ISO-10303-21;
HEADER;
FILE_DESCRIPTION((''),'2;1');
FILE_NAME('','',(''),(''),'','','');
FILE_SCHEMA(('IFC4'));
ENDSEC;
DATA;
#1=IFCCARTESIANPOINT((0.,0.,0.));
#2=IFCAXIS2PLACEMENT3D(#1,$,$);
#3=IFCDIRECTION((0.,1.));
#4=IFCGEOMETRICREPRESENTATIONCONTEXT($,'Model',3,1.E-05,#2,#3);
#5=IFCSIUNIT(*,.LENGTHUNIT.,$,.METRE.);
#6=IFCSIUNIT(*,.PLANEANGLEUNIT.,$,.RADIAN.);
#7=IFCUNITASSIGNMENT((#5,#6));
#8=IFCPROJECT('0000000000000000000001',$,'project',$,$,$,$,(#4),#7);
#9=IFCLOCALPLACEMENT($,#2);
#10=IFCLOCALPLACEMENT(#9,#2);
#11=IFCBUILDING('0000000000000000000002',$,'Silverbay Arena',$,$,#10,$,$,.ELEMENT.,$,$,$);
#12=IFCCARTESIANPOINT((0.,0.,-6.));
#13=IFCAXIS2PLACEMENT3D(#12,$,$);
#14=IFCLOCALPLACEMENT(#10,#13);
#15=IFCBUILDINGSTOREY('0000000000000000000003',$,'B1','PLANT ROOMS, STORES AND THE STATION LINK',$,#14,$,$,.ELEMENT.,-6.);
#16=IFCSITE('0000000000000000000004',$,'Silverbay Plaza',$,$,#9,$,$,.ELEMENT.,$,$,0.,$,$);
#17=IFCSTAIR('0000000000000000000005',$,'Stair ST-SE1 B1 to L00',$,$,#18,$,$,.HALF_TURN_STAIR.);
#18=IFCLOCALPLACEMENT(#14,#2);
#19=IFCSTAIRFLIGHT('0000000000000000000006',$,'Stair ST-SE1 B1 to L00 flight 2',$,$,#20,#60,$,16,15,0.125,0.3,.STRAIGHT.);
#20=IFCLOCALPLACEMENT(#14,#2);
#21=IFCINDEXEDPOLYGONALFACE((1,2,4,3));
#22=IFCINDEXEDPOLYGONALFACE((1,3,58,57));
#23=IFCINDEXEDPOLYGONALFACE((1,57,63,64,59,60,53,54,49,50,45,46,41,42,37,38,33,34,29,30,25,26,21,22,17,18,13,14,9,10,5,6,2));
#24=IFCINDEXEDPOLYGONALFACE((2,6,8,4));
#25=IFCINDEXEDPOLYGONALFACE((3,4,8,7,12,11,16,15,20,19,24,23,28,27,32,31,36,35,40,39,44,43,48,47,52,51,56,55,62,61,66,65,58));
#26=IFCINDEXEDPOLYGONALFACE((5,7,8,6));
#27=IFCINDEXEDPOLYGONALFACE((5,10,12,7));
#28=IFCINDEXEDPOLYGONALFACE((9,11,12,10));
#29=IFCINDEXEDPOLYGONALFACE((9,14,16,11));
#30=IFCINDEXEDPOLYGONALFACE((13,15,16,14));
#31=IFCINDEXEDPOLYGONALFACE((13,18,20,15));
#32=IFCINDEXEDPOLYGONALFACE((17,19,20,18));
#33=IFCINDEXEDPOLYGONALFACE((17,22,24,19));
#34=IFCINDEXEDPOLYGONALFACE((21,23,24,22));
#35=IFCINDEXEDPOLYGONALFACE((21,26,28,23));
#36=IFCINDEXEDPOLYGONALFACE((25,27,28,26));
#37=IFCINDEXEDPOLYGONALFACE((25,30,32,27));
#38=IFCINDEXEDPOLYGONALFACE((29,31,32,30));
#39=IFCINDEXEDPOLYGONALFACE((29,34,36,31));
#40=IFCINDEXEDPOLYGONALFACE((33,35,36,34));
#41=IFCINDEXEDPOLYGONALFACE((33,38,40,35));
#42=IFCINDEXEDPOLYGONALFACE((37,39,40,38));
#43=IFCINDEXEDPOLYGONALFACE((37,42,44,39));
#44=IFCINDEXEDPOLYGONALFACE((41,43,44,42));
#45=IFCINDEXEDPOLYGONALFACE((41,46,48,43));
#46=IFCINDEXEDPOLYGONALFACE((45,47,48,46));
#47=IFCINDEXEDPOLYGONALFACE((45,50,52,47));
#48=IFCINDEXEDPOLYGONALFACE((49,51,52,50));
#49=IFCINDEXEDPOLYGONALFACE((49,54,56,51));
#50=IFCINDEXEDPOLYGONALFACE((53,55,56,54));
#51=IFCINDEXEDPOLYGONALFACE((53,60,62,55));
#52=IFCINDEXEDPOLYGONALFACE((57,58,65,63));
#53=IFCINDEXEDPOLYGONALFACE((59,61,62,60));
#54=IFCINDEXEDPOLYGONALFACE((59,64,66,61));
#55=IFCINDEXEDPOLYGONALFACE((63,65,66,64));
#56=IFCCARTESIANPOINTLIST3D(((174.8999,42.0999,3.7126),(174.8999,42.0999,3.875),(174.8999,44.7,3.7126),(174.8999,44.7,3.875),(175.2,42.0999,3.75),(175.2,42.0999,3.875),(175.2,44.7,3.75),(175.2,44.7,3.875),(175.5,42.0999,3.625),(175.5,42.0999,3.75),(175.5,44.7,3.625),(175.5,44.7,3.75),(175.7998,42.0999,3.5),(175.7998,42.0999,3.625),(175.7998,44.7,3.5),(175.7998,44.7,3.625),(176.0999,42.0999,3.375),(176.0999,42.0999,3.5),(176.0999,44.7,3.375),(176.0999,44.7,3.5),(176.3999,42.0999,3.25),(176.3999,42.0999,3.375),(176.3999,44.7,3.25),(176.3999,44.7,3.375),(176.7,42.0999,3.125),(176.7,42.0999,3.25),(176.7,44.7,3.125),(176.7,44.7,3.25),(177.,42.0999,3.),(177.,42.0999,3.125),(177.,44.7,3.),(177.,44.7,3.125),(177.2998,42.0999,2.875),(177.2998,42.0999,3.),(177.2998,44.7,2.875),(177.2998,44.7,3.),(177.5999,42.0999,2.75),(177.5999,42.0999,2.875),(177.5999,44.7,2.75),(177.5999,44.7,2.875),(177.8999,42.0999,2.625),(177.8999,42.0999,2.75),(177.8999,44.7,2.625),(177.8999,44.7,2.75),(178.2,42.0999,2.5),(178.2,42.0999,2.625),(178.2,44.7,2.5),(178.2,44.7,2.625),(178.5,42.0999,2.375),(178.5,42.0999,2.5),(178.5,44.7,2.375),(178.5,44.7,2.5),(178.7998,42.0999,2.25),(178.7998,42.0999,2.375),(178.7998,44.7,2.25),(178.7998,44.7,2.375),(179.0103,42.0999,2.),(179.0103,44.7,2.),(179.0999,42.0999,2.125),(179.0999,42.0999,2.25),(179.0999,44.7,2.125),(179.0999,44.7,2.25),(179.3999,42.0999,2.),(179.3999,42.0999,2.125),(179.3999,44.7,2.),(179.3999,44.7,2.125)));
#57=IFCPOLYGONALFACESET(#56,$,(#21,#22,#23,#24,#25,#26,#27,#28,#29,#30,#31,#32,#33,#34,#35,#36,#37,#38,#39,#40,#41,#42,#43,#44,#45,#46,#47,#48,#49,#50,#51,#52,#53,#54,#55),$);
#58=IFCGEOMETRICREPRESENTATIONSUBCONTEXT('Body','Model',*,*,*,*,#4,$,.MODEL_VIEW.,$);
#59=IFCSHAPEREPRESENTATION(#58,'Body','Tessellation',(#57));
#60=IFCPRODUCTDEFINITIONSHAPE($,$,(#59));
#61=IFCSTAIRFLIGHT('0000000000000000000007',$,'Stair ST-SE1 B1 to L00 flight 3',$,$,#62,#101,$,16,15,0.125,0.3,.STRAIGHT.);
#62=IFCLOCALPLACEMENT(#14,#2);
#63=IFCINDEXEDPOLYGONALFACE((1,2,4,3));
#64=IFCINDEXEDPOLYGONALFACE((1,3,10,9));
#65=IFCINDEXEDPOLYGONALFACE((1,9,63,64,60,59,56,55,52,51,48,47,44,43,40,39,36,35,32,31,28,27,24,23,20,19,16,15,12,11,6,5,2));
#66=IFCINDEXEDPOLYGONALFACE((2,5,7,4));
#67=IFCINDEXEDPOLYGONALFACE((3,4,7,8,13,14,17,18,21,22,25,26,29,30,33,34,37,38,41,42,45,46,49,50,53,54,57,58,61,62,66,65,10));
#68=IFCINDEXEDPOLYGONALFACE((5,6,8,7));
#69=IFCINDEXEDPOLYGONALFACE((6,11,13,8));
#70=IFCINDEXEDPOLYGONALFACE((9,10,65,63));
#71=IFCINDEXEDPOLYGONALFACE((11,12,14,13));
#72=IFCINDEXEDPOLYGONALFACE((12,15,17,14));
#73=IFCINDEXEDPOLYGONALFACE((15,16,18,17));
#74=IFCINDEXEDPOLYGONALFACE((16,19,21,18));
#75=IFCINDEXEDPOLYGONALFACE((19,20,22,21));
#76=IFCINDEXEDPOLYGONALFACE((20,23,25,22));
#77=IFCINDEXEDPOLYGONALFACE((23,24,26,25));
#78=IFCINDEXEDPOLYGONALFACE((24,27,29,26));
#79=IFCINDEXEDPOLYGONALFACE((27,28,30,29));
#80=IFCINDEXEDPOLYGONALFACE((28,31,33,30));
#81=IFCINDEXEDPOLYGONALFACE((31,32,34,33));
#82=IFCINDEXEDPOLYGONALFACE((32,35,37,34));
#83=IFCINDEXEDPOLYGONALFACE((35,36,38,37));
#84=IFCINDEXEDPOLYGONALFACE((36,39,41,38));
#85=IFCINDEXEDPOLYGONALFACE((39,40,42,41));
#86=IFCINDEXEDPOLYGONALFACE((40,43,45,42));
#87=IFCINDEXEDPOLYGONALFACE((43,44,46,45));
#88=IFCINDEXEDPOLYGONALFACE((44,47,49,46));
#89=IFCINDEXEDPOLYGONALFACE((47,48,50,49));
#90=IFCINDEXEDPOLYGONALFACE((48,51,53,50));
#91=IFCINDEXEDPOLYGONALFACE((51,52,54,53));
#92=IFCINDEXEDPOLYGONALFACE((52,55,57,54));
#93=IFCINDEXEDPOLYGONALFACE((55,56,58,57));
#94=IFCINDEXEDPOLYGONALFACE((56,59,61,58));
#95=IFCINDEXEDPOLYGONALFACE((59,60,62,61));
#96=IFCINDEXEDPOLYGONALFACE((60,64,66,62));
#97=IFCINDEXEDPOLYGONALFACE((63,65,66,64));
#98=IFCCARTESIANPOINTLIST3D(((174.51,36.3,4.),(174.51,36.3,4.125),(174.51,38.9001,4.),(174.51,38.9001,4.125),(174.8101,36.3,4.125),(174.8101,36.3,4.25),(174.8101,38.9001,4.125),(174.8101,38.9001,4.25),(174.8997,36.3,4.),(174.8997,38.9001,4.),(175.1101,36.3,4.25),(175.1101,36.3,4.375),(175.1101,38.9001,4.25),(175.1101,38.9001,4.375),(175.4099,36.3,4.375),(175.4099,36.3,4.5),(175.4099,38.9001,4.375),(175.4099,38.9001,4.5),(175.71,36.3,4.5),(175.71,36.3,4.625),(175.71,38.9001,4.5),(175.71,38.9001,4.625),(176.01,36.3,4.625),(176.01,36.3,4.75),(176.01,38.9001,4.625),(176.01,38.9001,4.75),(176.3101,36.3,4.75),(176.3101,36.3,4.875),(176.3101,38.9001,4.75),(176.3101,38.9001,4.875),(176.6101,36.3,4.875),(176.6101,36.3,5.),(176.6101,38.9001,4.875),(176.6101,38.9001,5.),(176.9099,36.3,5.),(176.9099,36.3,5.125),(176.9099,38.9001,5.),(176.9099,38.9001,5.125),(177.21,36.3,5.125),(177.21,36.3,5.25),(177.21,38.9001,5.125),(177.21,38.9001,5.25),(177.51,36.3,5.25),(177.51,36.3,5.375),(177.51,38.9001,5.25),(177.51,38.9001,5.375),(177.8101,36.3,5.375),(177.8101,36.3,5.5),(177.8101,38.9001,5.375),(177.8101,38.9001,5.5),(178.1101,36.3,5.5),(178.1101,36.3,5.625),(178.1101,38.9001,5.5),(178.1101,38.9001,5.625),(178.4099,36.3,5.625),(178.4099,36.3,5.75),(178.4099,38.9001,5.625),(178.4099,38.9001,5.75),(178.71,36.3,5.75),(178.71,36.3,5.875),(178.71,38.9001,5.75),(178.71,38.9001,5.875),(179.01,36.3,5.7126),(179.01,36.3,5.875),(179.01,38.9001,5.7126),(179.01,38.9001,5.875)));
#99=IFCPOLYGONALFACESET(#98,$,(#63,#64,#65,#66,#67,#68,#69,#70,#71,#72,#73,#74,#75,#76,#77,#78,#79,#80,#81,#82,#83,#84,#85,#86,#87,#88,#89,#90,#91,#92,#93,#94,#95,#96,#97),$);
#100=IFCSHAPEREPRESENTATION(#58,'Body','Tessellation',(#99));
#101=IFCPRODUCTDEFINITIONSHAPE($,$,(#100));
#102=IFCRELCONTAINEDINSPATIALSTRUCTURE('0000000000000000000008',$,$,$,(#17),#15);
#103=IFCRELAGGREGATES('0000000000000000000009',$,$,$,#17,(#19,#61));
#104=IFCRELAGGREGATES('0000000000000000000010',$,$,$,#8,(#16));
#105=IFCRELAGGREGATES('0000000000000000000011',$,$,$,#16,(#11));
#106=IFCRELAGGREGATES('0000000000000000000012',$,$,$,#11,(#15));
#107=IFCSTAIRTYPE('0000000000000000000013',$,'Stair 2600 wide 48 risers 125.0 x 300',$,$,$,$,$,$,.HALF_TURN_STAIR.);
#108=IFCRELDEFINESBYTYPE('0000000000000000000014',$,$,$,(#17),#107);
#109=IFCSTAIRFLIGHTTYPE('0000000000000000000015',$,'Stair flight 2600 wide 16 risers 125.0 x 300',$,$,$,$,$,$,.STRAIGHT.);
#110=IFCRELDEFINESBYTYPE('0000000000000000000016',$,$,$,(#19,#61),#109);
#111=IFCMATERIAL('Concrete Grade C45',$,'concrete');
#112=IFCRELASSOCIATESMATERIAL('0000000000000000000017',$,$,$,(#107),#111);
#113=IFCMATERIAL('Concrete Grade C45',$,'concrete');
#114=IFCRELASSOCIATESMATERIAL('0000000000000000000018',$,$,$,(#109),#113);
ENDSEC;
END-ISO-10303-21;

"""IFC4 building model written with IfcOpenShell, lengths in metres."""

from ifc_helpers import new_model, si_unit, direction, frame, origin, place, context, subcontext, project, spatial, polyline, outline, extrude, material, type_object, element, aggregate, save


model = new_model("IFC4")

# Units and contexts
model_context = context("Model", 3, precision=1e-05, world=origin(), true_north=direction((0.0, 1.0)))
body_context = subcontext(model_context, "Body", "Model", "MODEL_VIEW")
ifc_project = project(units=[si_unit("LENGTHUNIT", "METRE"), si_unit("PLANEANGLEUNIT", "RADIAN")], contexts=[model_context])

# Site, building, storey
site_placement = place(None, origin())
site = spatial("IfcSite", under=ifc_project, at=site_placement, Name="Silverbay Plaza", CompositionType="ELEMENT", RefElevation=0.0)
building_placement = place(site_placement, origin())
building = spatial("IfcBuilding", under=site, at=building_placement, Name="Silverbay Arena", CompositionType="ELEMENT")
storey_placement = place(building_placement, frame((0.0, 0.0, -6.0)))
storey = spatial("IfcBuildingStorey", under=building, at=storey_placement, Name="B1", Description="PLANT ROOMS, STORES AND THE STATION LINK", CompositionType="ELEMENT", Elevation=-6.0)

# Stair, stair flights
ifc_material_1 = material(Name="Concrete Grade C45", Category="concrete")
stair_type = type_object("IfcStairType", Name="Stair 2600 wide 48 risers 125.0 x 300", PredefinedType="HALF_TURN_STAIR", material=ifc_material_1)
stair_placement = place(storey_placement, origin())
stair = element("IfcStair", 1, at=stair_placement, inside=storey, type_object=stair_type, Name="Stair ST-SE1 B1 to L00", PredefinedType="HALF_TURN_STAIR")
ifc_material_2 = material(Name="Concrete Grade C45", Category="concrete")
stair_flight_type = type_object("IfcStairFlightType", Name="Stair flight 2600 wide 16 risers 125.0 x 300", PredefinedType="STRAIGHT", material=ifc_material_2)
stair_flight_1_placement = place(storey_placement, frame((179.3999, 43.3999, 2.0), z_axis=(0.0, 0.0, 1.0), x_axis=(-1.0, 0.0, 0.0)))
stair_flight_1 = element("IfcStairFlight", 2, at=stair_flight_1_placement, type_object=stair_flight_type, Name="Stair ST-SE1 B1 to L00 flight 2", NumberOfRisers=16, NumberOfTreads=15, PredefinedType="STRAIGHT", RiserHeight=0.125, TreadLength=0.3, context=body_context, shape_type="SweptSolid", body=[
    extrude(outline(polyline([(0.0, 0.0), (0.0, 0.125), (0.3, 0.125), (0.3, 0.25), (0.6001, 0.25), (0.6001, 0.375), (0.8999, 0.375), (0.8999, 0.5), (1.2, 0.5), (1.2, 0.625), (1.5, 0.625), (1.5, 0.75), (1.8, 0.75), (1.8, 0.875), (2.1001, 0.875), (2.1001, 1.0), (2.3999, 1.0), (2.3999, 1.125), (2.7, 1.125), (2.7, 1.25), (3.0, 1.25), (3.0, 1.375), (3.3, 1.375), (3.3, 1.5), (3.6001, 1.5), (3.6001, 1.625), (3.8999, 1.625), (3.8999, 1.75), (4.2, 1.75), (4.2, 1.875), (4.5, 1.875), (4.5, 1.7126), (0.3896, 0.0), (0.0, 0.0)])), frame((0.0, 1.3, 0.0), z_axis=(0.0, -1.0, 0.0), x_axis=(1.0, 0.0, 0.0)), (0.0, 0.0, 1.0), 2.6001),
])
stair_flight_2_placement = place(storey_placement, frame((174.51, 37.6001, 4.0), z_axis=(0.0, 0.0, 1.0), x_axis=(1.0, 0.0, 0.0)))
stair_flight_2 = element("IfcStairFlight", 3, at=stair_flight_2_placement, type_object=stair_flight_type, Name="Stair ST-SE1 B1 to L00 flight 3", NumberOfRisers=16, NumberOfTreads=15, PredefinedType="STRAIGHT", RiserHeight=0.125, TreadLength=0.3, context=body_context, shape_type="SweptSolid", body=[
    extrude(outline(polyline([(0.0, 0.0), (0.0, 0.125), (0.3, 0.125), (0.3, 0.25), (0.6001, 0.25), (0.6001, 0.375), (0.8999, 0.375), (0.8999, 0.5), (1.2, 0.5), (1.2, 0.625), (1.5, 0.625), (1.5, 0.75), (1.8, 0.75), (1.8, 0.875), (2.1001, 0.875), (2.1001, 1.0), (2.3999, 1.0), (2.3999, 1.125), (2.7, 1.125), (2.7, 1.25), (3.0, 1.25), (3.0, 1.375), (3.3, 1.375), (3.3, 1.5), (3.6001, 1.5), (3.6001, 1.625), (3.8999, 1.625), (3.8999, 1.75), (4.2, 1.75), (4.2, 1.875), (4.5, 1.875), (4.5, 1.7126), (0.3896, 0.0), (0.0, 0.0)])), frame((0.0, 1.3, 0.0), z_axis=(0.0, -1.0, 0.0), x_axis=(1.0, 0.0, 0.0)), (0.0, 0.0, 1.0), 2.6001),
])
aggregate(stair, [stair_flight_1, stair_flight_2])

save(model, "model.ifc")
